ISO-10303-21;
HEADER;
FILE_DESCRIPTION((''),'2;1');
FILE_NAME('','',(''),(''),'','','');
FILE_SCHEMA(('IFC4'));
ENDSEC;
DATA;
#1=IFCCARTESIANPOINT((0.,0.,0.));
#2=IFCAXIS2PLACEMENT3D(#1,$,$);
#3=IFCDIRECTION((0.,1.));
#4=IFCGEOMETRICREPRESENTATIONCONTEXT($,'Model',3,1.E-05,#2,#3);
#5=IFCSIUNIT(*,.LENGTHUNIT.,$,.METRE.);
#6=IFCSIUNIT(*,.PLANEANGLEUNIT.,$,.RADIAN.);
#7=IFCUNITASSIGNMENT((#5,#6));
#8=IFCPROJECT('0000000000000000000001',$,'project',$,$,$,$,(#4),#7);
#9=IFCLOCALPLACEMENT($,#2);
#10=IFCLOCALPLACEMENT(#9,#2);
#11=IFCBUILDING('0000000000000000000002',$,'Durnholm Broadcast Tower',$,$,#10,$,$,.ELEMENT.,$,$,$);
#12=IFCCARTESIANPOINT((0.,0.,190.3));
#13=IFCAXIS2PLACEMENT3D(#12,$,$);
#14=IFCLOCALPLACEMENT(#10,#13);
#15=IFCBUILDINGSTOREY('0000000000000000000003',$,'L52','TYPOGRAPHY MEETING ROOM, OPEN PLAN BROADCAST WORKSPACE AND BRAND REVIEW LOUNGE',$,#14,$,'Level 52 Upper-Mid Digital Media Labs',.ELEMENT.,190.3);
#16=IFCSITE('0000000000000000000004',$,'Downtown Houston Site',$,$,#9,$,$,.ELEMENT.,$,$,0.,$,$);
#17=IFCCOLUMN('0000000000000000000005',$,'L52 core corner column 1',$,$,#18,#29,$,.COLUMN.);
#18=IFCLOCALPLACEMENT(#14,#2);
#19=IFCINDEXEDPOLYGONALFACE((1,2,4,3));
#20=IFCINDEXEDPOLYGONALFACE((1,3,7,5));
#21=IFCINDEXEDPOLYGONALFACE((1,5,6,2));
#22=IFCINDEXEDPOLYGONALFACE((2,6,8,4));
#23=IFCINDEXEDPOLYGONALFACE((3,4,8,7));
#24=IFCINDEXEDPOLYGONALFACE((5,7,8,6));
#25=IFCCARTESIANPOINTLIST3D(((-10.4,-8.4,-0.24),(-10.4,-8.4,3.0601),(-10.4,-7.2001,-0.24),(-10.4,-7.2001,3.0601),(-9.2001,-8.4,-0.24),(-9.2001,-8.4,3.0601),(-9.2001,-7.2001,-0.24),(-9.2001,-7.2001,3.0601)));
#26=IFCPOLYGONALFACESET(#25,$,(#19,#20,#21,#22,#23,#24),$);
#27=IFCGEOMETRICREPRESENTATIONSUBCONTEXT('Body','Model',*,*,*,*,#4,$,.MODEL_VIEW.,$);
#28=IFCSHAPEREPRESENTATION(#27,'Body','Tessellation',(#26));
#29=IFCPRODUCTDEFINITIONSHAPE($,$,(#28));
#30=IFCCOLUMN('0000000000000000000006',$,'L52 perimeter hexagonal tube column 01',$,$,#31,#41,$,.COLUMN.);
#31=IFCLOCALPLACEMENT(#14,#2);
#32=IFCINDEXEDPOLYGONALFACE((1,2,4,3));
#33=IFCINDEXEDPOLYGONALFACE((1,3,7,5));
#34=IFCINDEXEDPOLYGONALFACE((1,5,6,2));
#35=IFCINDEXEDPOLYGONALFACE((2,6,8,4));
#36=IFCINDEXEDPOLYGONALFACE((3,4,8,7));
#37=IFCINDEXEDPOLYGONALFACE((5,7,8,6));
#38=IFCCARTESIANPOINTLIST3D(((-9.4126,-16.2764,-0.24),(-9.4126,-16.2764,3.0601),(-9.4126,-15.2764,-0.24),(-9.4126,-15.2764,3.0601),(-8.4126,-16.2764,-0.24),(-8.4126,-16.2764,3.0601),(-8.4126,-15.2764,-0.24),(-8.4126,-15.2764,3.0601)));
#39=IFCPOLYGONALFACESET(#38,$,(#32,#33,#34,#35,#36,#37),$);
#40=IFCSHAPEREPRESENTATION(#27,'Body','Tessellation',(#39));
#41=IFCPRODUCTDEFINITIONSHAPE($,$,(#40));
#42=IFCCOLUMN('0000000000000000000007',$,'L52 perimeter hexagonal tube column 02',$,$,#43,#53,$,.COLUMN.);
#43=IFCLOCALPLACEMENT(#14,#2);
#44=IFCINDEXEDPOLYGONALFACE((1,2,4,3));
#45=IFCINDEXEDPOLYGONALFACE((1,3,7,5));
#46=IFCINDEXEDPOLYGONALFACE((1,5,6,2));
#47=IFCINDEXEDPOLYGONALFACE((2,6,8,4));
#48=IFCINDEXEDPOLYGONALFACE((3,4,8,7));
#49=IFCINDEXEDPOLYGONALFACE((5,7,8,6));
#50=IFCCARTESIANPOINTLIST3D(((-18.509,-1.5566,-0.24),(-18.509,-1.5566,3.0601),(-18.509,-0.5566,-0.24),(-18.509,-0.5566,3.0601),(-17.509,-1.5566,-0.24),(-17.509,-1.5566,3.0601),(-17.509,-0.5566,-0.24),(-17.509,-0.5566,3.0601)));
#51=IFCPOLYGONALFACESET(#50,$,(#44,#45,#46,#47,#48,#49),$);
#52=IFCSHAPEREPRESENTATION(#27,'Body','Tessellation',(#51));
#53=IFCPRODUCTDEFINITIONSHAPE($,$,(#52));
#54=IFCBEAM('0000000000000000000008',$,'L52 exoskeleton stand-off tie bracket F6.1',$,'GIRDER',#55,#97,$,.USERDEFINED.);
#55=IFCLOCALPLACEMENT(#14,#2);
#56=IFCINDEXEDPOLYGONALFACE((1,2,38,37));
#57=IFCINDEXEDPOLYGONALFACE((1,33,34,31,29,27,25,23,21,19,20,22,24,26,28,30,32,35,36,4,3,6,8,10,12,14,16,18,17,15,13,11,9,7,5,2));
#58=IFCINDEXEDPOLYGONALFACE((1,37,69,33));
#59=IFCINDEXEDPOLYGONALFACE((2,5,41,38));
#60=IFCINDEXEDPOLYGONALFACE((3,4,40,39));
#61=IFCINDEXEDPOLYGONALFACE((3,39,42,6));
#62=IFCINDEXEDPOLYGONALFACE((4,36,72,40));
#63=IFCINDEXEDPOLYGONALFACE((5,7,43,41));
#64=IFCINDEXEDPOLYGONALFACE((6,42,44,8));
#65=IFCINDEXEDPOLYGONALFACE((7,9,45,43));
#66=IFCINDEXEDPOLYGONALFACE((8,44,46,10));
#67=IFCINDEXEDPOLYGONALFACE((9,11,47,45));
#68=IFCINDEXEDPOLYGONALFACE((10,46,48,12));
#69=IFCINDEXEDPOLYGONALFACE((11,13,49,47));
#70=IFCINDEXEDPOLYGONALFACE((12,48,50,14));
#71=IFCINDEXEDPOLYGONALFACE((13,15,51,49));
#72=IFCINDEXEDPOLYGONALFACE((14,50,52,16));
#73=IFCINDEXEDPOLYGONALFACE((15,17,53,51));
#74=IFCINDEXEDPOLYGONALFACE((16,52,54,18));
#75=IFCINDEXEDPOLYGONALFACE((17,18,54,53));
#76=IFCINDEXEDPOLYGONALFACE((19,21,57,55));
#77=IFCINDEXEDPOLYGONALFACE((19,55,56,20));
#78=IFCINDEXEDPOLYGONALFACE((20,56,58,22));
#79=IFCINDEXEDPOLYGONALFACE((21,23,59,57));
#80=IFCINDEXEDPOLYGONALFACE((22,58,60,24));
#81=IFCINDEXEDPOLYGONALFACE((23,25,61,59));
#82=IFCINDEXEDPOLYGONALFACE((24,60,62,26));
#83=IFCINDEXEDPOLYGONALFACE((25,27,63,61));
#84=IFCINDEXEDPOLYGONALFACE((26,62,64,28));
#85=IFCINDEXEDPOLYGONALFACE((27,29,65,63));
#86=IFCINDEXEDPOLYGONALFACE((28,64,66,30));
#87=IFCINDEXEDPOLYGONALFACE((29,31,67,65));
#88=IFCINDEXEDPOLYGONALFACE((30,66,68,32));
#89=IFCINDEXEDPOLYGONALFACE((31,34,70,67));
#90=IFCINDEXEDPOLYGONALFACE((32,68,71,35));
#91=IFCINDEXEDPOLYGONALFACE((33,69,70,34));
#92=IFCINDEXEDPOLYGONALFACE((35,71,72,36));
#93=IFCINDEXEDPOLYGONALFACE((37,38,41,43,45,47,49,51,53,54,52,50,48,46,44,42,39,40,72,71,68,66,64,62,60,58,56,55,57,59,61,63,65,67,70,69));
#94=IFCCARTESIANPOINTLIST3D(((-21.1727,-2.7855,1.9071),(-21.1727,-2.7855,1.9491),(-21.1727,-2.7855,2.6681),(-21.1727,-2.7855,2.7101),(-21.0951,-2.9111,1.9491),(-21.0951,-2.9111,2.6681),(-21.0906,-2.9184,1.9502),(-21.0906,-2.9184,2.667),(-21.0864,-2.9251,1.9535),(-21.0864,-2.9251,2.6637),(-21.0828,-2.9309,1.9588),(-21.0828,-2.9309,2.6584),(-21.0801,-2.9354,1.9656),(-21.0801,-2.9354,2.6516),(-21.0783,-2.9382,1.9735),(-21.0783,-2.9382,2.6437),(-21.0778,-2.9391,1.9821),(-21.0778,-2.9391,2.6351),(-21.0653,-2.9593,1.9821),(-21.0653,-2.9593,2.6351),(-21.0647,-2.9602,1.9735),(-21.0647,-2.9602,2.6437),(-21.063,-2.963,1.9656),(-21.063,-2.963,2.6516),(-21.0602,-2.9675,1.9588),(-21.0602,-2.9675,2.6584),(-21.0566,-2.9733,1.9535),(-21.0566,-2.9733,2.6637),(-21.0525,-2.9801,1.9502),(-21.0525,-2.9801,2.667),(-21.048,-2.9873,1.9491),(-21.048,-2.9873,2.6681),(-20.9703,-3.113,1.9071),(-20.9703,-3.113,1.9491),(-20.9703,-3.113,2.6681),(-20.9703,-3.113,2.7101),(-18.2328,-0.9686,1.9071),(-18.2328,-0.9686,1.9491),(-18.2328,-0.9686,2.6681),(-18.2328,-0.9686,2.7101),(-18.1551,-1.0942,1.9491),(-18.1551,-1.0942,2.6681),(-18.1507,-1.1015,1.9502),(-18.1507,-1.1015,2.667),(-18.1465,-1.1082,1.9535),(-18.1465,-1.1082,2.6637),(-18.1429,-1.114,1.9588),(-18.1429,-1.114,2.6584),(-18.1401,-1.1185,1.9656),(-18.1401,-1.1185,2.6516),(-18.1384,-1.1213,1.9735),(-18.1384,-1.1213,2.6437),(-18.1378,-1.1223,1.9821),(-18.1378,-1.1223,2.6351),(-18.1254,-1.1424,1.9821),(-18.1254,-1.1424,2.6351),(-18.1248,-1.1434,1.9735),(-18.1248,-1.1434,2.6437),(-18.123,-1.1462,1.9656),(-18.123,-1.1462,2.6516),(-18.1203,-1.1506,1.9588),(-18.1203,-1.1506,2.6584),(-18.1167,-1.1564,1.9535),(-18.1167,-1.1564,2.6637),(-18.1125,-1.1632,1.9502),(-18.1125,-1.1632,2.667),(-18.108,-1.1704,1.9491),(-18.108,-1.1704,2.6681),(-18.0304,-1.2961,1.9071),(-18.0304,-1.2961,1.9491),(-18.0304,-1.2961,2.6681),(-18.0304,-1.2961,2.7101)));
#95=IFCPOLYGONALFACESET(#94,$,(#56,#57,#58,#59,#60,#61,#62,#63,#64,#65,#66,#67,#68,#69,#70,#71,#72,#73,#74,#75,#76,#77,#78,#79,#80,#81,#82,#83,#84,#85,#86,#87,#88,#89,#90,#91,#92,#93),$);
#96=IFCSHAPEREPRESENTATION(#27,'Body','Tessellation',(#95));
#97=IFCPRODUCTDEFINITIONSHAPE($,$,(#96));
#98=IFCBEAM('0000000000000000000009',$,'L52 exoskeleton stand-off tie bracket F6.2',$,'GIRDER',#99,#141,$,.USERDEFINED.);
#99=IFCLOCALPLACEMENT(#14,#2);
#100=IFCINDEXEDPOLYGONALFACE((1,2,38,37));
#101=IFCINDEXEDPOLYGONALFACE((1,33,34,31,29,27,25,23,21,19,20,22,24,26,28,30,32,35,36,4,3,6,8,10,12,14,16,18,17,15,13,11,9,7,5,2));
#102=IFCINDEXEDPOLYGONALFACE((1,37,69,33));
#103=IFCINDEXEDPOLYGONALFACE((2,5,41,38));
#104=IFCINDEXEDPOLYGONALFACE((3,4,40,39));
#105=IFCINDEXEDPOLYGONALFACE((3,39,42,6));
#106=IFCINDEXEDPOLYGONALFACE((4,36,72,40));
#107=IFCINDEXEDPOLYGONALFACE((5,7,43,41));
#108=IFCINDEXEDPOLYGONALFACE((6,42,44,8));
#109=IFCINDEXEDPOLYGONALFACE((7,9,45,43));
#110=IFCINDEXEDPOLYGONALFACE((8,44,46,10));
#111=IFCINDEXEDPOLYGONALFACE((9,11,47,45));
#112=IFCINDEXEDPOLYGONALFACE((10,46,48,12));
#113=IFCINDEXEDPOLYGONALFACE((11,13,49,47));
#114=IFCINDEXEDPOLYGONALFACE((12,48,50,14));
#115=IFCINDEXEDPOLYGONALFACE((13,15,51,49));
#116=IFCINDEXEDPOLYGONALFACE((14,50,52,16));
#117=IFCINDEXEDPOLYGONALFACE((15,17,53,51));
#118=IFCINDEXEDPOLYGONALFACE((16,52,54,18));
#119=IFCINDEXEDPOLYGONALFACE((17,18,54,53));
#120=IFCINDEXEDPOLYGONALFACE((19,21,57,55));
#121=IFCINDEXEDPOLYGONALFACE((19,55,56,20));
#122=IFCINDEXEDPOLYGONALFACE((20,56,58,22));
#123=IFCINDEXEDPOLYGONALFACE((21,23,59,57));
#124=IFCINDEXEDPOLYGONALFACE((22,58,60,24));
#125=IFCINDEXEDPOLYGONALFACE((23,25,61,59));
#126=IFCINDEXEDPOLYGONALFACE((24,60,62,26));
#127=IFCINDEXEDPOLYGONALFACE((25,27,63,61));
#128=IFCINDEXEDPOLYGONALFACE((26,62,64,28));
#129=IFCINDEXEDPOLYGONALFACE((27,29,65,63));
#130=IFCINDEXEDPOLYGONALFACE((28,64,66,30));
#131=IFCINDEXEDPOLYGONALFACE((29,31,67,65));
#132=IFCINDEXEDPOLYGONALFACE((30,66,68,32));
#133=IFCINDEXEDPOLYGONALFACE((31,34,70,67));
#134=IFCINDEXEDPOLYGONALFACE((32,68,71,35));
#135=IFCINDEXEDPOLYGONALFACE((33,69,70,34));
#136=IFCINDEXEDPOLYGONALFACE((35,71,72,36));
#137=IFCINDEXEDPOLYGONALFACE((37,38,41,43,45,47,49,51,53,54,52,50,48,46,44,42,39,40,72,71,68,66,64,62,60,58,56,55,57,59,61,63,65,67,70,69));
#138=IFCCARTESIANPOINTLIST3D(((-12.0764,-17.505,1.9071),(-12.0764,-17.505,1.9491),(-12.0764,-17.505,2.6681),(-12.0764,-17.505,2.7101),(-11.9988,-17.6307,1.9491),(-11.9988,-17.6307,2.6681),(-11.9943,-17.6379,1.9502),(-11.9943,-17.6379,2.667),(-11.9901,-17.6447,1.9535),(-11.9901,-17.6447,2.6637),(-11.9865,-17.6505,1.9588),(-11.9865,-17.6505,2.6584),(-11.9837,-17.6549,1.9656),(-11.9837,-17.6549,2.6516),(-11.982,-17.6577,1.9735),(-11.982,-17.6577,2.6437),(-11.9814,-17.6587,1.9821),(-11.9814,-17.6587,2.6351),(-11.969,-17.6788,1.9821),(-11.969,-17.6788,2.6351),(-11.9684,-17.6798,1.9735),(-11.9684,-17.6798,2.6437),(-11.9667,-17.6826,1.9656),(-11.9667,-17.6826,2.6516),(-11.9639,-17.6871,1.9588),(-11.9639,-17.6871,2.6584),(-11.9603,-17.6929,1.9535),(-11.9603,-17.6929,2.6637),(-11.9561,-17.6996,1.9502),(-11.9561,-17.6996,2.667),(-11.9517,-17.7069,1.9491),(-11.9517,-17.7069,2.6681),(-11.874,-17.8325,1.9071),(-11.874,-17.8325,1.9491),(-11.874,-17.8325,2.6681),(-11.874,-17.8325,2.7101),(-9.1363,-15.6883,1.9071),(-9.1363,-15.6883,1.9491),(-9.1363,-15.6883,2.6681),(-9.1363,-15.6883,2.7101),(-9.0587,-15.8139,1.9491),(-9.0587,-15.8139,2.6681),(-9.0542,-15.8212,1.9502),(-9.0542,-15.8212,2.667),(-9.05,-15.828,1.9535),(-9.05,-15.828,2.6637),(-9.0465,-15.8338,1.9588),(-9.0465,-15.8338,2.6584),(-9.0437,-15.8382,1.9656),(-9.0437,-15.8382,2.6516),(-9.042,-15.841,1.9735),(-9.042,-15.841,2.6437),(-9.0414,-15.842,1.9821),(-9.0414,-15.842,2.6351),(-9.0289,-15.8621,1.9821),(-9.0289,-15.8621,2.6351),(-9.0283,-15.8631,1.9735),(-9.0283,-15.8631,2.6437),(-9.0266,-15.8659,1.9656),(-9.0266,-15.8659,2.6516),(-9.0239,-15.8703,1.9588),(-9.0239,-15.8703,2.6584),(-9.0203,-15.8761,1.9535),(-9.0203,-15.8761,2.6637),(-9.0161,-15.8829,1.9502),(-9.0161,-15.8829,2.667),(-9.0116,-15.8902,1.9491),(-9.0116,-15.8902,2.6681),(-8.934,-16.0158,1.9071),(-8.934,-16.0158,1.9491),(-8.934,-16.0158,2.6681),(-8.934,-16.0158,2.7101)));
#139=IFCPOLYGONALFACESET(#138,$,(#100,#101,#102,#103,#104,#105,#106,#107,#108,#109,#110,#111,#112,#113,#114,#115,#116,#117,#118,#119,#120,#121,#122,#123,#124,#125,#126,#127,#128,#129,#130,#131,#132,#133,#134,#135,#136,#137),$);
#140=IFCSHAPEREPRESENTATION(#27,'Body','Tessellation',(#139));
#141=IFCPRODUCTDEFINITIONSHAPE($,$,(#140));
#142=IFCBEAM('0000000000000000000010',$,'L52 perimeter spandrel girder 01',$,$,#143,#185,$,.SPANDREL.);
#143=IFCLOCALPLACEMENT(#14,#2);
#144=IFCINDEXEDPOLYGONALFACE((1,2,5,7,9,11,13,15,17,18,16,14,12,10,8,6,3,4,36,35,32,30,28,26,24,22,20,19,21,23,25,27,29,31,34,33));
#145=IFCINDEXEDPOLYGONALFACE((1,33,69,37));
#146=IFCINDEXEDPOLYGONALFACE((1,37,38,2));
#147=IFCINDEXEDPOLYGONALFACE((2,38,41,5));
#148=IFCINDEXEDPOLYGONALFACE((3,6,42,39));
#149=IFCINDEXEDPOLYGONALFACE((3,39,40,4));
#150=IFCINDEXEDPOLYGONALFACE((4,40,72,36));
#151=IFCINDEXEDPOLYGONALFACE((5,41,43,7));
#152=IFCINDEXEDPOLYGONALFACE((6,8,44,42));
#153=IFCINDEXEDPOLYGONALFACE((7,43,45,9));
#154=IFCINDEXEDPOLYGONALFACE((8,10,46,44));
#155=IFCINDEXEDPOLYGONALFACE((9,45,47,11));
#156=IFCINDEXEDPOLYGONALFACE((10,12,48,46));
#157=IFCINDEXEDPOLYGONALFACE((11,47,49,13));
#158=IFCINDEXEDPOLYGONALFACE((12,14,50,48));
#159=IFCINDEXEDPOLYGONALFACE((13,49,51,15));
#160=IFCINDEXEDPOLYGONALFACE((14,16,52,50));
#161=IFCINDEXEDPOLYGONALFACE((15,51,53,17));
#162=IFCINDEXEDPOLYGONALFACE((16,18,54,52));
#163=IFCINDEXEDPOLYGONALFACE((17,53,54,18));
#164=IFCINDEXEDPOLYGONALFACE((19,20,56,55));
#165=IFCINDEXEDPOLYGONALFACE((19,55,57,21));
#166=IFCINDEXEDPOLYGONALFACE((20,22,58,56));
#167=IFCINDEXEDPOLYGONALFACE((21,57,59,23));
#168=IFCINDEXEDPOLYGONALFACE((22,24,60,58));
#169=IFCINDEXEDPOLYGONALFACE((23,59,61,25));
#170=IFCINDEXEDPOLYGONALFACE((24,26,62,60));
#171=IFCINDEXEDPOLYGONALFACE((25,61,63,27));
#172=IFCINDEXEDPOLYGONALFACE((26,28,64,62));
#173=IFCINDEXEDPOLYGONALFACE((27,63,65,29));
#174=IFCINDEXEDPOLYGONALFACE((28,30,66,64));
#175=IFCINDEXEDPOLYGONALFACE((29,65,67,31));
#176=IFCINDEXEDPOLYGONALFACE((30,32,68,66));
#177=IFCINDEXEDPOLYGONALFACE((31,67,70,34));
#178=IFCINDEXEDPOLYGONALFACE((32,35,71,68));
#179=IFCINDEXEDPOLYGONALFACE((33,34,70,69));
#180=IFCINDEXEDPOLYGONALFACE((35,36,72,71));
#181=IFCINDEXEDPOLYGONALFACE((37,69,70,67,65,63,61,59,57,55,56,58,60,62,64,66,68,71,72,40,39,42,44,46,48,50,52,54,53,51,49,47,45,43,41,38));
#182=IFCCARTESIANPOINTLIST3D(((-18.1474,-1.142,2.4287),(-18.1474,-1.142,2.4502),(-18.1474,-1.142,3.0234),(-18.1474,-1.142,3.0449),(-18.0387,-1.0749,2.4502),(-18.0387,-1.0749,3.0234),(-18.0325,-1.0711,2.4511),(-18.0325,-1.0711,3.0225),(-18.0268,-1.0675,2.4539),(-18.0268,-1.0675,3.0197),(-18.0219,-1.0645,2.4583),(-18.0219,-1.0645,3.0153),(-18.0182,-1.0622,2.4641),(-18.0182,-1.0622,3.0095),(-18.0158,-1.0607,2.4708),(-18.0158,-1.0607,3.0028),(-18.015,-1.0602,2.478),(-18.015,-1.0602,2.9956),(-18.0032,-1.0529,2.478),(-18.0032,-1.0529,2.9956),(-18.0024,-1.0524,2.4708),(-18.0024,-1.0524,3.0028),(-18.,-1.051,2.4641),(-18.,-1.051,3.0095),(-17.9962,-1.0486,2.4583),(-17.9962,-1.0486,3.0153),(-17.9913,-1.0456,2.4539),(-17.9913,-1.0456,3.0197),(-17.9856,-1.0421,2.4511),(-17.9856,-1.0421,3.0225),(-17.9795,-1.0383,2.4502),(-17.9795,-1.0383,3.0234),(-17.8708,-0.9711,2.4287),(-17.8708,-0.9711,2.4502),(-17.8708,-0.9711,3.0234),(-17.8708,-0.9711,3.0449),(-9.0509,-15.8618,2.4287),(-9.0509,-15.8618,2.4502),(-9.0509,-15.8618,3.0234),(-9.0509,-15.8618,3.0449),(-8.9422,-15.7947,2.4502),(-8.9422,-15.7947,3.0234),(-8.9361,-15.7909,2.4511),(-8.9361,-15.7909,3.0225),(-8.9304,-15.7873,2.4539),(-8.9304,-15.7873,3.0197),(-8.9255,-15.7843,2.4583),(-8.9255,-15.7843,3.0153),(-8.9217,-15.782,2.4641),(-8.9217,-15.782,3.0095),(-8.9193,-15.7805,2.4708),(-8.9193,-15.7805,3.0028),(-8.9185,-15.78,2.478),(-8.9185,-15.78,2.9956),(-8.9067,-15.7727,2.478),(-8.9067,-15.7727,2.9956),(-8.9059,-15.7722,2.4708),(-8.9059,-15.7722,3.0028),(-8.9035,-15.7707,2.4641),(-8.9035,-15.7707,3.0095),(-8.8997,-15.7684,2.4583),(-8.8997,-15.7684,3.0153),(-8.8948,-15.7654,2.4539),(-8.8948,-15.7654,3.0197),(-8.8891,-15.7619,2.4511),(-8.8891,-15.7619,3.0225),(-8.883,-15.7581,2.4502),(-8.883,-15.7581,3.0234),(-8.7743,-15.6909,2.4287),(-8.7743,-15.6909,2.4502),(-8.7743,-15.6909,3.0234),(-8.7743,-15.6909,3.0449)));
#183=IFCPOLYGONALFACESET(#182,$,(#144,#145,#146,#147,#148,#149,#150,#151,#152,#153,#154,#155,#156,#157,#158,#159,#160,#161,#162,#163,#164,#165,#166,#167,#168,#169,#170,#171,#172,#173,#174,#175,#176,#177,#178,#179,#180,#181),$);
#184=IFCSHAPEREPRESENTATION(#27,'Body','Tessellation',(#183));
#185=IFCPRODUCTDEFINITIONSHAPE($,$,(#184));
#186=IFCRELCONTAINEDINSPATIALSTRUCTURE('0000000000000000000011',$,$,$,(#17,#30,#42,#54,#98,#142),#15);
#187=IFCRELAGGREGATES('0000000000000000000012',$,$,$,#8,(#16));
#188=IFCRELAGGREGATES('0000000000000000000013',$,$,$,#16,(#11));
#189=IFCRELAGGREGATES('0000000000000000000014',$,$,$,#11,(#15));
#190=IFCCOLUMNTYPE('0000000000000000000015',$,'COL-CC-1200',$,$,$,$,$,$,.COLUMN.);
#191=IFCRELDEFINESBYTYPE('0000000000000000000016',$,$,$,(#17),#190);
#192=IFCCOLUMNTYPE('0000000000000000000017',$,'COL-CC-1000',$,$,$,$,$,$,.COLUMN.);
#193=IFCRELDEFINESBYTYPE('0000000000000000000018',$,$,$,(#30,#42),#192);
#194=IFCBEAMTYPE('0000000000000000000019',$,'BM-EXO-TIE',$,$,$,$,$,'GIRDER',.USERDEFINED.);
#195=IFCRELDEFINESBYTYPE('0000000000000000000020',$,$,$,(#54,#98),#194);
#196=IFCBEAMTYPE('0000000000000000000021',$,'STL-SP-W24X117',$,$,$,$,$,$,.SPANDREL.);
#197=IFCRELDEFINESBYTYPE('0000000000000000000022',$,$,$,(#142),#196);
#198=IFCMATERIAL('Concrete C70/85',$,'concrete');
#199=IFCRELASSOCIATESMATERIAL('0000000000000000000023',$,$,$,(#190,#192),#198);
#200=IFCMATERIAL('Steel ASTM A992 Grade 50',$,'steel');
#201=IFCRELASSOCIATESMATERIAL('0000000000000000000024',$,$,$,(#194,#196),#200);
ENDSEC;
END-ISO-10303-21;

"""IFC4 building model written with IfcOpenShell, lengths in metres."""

from ifc_helpers import new_model, si_unit, direction, frame, origin, origin_2d, place, context, subcontext, project, spatial, rectangle, i_section, extrude, source, transform, mapped, material, material_profile, profile_set, type_object, type_shapes, element, save


model = new_model("IFC4")

# Units and contexts
model_context = context("Model", 3, precision=1e-05, world=origin(), true_north=direction((0.0, 1.0)))
body_context = subcontext(model_context, "Body", "Model", "MODEL_VIEW")
ifc_project = project(units=[si_unit("LENGTHUNIT", "METRE"), si_unit("PLANEANGLEUNIT", "RADIAN")], contexts=[model_context])

# Site, building, storey
site_placement = place(None, origin())
site = spatial("IfcSite", under=ifc_project, at=site_placement, Name="Downtown Houston Site", CompositionType="ELEMENT", RefElevation=0.0)
building_placement = place(site_placement, origin())
building = spatial("IfcBuilding", under=site, at=building_placement, Name="Durnholm Broadcast Tower", CompositionType="ELEMENT")
storey_placement = place(building_placement, frame((0.0, 0.0, 190.3)))
storey = spatial("IfcBuildingStorey", under=building, at=storey_placement, Name="L52", Description="TYPOGRAPHY MEETING ROOM, OPEN PLAN BROADCAST WORKSPACE AND BRAND REVIEW LOUNGE", LongName="Level 52 Upper-Mid Digital Media Labs", CompositionType="ELEMENT", Elevation=190.3)

# Columns
ifc_material_1 = material(Name="Concrete C70/85", Category="concrete")
ifc_material_profile_1 = material_profile(ifc_material_1, rectangle(XDim=1.2, YDim=1.2, at=origin_2d()), Name="RC1200X1200")
ifc_profile_set_1 = profile_set([ifc_material_profile_1], Name="Concrete C70/85")
column_type_1 = type_object("IfcColumnType", Name="COL-CC-1200", PredefinedType="COLUMN", material=ifc_profile_set_1)
shared_shape_1 = source(origin(), body_context, "Body", "SweptSolid", [
    extrude(rectangle(XDim=1.2, YDim=1.2, at=origin_2d()), origin(), (0.0, 0.0, 1.0), 3.3),
])
type_shapes(column_type_1, [shared_shape_1])
column_placement = place(storey_placement, frame((-9.8, -7.8, -0.24), z_axis=(0.0, 0.0, 1.0), x_axis=(1.0, 0.0, 0.0)))
element("IfcColumn", 1, at=column_placement, inside=storey, type_object=column_type_1, Name="L52 core corner column 1", PredefinedType="COLUMN", context=body_context, shape_type="MappedRepresentation", body=[
    mapped(shared_shape_1, transform((0.0, 0.0, 0.0), x_axis=(1.0, 0.0, 0.0), y_axis=(0.0, 1.0, 0.0), z_axis=(0.0, 0.0, 1.0), scale=1.0)),
])
ifc_material_profile_2 = material_profile(ifc_material_1, rectangle(XDim=1.0, YDim=1.0, at=origin_2d()), Name="RC1000X1000")
ifc_profile_set_2 = profile_set([ifc_material_profile_2], Name="Concrete C70/85")
column_type_2 = type_object("IfcColumnType", Name="COL-CC-1000", PredefinedType="COLUMN", material=ifc_profile_set_2)
shared_shape_2 = source(origin(), body_context, "Body", "SweptSolid", [
    extrude(rectangle(XDim=1.0, YDim=1.0, at=origin_2d()), origin(), (0.0, 0.0, 1.0), 3.3),
])
type_shapes(column_type_2, [shared_shape_2])
for number, where, z_axis, x_axis, name in (
    (2, (-8.9126, -15.7764, -0.24), (0.0, 0.0, 1.0), (1.0, 0.0, 0.0), "L52 perimeter hexagonal tube column 01"),
    (3, (-18.009, -1.0566, -0.24), (0.0, 0.0, 1.0), (1.0, 0.0, 0.0), "L52 perimeter hexagonal tube column 02"),
):
    element("IfcColumn", number, at=place(storey_placement, frame(where, z_axis=z_axis, x_axis=x_axis)), inside=storey, type_object=column_type_2, Name=name, PredefinedType="COLUMN", context=body_context, shape_type="MappedRepresentation", body=[
        mapped(shared_shape_2, transform((0.0, 0.0, 0.0), x_axis=(1.0, 0.0, 0.0), y_axis=(0.0, 1.0, 0.0), z_axis=(0.0, 0.0, 1.0), scale=1.0)),
    ])

# Beams
ifc_material_2 = material(Name="Steel ASTM A992 Grade 50", Category="steel")
ifc_material_profile_3 = material_profile(ifc_material_2, i_section(OverallWidth=0.385, OverallDepth=0.803, WebThickness=0.0237, FlangeThickness=0.042, FilletRadius=0.033, at=origin_2d()), Name="W30X261")
ifc_profile_set_3 = profile_set([ifc_material_profile_3], Name="Steel ASTM A992 Grade 50")
beam_type_1 = type_object("IfcBeamType", Name="BM-EXO-TIE", ElementType="GIRDER", PredefinedType="USERDEFINED", material=ifc_profile_set_3)
shared_shape_3 = source(origin(), body_context, "Body", "SweptSolid", [
    extrude(i_section(OverallWidth=0.385, OverallDepth=0.803, WebThickness=0.0237, FlangeThickness=0.042, FilletRadius=0.033, at=origin_2d()), origin(), (0.0, 0.0, 1.0), 3.4561),
])
for number, where, z_axis, x_axis, name in (
    (4, (-18.1316, -1.1323, 2.3086), (-0.850662, -0.525712, 0.0), (0.525712, -0.850662, 0.0), "L52 exoskeleton stand-off tie bracket F6.1"),
    (5, (-9.0352, -15.8521, 2.3086), (-0.850694, -0.525661, 0.0), (0.525661, -0.850694, 0.0), "L52 exoskeleton stand-off tie bracket F6.2"),
):
    element("IfcBeam", number, at=place(storey_placement, frame(where, z_axis=z_axis, x_axis=x_axis)), inside=storey, type_object=beam_type_1, Name=name, ObjectType="GIRDER", PredefinedType="USERDEFINED", context=body_context, shape_type="MappedRepresentation", body=[
        mapped(shared_shape_3, transform((0.0, 0.0, 0.0), x_axis=(1.0, 0.0, 0.0), y_axis=(0.0, 1.0, 0.0), z_axis=(0.0, 0.0, 1.0), scale=1.0)),
    ])
ifc_material_profile_4 = material_profile(ifc_material_2, i_section(OverallWidth=0.3252, OverallDepth=0.6162, WebThickness=0.0139, FlangeThickness=0.0215, FilletRadius=0.0278, at=origin_2d()), Name="W24X117")
ifc_profile_set_4 = profile_set([ifc_material_profile_4], Name="Steel ASTM A992 Grade 50")
beam_type_2 = type_object("IfcBeamType", Name="STL-SP-W24X117", PredefinedType="SPANDREL", material=ifc_profile_set_4)
shared_shape_4 = source(origin(), body_context, "Body", "SweptSolid", [
    extrude(i_section(OverallWidth=0.3252, OverallDepth=0.6162, WebThickness=0.0139, FlangeThickness=0.0215, FilletRadius=0.0278, at=origin_2d()), origin(), (0.0, 0.0, 1.0), 17.3037),
])
beam_1_placement = place(storey_placement, frame((-8.9126, -15.7764, 2.7368), z_axis=(-0.525695, 0.850673, 0.0), x_axis=(-0.850673, -0.525695, 0.0)))
element("IfcBeam", 6, at=beam_1_placement, inside=storey, type_object=beam_type_2, Name="L52 perimeter spandrel girder 01", PredefinedType="SPANDREL", context=body_context, shape_type="MappedRepresentation", body=[
    mapped(shared_shape_4, transform((0.0, 0.0, 0.0), x_axis=(1.0, 0.0, 0.0), y_axis=(0.0, 1.0, 0.0), z_axis=(0.0, 0.0, 1.0), scale=1.0)),
])

save(model, "model.ifc")
